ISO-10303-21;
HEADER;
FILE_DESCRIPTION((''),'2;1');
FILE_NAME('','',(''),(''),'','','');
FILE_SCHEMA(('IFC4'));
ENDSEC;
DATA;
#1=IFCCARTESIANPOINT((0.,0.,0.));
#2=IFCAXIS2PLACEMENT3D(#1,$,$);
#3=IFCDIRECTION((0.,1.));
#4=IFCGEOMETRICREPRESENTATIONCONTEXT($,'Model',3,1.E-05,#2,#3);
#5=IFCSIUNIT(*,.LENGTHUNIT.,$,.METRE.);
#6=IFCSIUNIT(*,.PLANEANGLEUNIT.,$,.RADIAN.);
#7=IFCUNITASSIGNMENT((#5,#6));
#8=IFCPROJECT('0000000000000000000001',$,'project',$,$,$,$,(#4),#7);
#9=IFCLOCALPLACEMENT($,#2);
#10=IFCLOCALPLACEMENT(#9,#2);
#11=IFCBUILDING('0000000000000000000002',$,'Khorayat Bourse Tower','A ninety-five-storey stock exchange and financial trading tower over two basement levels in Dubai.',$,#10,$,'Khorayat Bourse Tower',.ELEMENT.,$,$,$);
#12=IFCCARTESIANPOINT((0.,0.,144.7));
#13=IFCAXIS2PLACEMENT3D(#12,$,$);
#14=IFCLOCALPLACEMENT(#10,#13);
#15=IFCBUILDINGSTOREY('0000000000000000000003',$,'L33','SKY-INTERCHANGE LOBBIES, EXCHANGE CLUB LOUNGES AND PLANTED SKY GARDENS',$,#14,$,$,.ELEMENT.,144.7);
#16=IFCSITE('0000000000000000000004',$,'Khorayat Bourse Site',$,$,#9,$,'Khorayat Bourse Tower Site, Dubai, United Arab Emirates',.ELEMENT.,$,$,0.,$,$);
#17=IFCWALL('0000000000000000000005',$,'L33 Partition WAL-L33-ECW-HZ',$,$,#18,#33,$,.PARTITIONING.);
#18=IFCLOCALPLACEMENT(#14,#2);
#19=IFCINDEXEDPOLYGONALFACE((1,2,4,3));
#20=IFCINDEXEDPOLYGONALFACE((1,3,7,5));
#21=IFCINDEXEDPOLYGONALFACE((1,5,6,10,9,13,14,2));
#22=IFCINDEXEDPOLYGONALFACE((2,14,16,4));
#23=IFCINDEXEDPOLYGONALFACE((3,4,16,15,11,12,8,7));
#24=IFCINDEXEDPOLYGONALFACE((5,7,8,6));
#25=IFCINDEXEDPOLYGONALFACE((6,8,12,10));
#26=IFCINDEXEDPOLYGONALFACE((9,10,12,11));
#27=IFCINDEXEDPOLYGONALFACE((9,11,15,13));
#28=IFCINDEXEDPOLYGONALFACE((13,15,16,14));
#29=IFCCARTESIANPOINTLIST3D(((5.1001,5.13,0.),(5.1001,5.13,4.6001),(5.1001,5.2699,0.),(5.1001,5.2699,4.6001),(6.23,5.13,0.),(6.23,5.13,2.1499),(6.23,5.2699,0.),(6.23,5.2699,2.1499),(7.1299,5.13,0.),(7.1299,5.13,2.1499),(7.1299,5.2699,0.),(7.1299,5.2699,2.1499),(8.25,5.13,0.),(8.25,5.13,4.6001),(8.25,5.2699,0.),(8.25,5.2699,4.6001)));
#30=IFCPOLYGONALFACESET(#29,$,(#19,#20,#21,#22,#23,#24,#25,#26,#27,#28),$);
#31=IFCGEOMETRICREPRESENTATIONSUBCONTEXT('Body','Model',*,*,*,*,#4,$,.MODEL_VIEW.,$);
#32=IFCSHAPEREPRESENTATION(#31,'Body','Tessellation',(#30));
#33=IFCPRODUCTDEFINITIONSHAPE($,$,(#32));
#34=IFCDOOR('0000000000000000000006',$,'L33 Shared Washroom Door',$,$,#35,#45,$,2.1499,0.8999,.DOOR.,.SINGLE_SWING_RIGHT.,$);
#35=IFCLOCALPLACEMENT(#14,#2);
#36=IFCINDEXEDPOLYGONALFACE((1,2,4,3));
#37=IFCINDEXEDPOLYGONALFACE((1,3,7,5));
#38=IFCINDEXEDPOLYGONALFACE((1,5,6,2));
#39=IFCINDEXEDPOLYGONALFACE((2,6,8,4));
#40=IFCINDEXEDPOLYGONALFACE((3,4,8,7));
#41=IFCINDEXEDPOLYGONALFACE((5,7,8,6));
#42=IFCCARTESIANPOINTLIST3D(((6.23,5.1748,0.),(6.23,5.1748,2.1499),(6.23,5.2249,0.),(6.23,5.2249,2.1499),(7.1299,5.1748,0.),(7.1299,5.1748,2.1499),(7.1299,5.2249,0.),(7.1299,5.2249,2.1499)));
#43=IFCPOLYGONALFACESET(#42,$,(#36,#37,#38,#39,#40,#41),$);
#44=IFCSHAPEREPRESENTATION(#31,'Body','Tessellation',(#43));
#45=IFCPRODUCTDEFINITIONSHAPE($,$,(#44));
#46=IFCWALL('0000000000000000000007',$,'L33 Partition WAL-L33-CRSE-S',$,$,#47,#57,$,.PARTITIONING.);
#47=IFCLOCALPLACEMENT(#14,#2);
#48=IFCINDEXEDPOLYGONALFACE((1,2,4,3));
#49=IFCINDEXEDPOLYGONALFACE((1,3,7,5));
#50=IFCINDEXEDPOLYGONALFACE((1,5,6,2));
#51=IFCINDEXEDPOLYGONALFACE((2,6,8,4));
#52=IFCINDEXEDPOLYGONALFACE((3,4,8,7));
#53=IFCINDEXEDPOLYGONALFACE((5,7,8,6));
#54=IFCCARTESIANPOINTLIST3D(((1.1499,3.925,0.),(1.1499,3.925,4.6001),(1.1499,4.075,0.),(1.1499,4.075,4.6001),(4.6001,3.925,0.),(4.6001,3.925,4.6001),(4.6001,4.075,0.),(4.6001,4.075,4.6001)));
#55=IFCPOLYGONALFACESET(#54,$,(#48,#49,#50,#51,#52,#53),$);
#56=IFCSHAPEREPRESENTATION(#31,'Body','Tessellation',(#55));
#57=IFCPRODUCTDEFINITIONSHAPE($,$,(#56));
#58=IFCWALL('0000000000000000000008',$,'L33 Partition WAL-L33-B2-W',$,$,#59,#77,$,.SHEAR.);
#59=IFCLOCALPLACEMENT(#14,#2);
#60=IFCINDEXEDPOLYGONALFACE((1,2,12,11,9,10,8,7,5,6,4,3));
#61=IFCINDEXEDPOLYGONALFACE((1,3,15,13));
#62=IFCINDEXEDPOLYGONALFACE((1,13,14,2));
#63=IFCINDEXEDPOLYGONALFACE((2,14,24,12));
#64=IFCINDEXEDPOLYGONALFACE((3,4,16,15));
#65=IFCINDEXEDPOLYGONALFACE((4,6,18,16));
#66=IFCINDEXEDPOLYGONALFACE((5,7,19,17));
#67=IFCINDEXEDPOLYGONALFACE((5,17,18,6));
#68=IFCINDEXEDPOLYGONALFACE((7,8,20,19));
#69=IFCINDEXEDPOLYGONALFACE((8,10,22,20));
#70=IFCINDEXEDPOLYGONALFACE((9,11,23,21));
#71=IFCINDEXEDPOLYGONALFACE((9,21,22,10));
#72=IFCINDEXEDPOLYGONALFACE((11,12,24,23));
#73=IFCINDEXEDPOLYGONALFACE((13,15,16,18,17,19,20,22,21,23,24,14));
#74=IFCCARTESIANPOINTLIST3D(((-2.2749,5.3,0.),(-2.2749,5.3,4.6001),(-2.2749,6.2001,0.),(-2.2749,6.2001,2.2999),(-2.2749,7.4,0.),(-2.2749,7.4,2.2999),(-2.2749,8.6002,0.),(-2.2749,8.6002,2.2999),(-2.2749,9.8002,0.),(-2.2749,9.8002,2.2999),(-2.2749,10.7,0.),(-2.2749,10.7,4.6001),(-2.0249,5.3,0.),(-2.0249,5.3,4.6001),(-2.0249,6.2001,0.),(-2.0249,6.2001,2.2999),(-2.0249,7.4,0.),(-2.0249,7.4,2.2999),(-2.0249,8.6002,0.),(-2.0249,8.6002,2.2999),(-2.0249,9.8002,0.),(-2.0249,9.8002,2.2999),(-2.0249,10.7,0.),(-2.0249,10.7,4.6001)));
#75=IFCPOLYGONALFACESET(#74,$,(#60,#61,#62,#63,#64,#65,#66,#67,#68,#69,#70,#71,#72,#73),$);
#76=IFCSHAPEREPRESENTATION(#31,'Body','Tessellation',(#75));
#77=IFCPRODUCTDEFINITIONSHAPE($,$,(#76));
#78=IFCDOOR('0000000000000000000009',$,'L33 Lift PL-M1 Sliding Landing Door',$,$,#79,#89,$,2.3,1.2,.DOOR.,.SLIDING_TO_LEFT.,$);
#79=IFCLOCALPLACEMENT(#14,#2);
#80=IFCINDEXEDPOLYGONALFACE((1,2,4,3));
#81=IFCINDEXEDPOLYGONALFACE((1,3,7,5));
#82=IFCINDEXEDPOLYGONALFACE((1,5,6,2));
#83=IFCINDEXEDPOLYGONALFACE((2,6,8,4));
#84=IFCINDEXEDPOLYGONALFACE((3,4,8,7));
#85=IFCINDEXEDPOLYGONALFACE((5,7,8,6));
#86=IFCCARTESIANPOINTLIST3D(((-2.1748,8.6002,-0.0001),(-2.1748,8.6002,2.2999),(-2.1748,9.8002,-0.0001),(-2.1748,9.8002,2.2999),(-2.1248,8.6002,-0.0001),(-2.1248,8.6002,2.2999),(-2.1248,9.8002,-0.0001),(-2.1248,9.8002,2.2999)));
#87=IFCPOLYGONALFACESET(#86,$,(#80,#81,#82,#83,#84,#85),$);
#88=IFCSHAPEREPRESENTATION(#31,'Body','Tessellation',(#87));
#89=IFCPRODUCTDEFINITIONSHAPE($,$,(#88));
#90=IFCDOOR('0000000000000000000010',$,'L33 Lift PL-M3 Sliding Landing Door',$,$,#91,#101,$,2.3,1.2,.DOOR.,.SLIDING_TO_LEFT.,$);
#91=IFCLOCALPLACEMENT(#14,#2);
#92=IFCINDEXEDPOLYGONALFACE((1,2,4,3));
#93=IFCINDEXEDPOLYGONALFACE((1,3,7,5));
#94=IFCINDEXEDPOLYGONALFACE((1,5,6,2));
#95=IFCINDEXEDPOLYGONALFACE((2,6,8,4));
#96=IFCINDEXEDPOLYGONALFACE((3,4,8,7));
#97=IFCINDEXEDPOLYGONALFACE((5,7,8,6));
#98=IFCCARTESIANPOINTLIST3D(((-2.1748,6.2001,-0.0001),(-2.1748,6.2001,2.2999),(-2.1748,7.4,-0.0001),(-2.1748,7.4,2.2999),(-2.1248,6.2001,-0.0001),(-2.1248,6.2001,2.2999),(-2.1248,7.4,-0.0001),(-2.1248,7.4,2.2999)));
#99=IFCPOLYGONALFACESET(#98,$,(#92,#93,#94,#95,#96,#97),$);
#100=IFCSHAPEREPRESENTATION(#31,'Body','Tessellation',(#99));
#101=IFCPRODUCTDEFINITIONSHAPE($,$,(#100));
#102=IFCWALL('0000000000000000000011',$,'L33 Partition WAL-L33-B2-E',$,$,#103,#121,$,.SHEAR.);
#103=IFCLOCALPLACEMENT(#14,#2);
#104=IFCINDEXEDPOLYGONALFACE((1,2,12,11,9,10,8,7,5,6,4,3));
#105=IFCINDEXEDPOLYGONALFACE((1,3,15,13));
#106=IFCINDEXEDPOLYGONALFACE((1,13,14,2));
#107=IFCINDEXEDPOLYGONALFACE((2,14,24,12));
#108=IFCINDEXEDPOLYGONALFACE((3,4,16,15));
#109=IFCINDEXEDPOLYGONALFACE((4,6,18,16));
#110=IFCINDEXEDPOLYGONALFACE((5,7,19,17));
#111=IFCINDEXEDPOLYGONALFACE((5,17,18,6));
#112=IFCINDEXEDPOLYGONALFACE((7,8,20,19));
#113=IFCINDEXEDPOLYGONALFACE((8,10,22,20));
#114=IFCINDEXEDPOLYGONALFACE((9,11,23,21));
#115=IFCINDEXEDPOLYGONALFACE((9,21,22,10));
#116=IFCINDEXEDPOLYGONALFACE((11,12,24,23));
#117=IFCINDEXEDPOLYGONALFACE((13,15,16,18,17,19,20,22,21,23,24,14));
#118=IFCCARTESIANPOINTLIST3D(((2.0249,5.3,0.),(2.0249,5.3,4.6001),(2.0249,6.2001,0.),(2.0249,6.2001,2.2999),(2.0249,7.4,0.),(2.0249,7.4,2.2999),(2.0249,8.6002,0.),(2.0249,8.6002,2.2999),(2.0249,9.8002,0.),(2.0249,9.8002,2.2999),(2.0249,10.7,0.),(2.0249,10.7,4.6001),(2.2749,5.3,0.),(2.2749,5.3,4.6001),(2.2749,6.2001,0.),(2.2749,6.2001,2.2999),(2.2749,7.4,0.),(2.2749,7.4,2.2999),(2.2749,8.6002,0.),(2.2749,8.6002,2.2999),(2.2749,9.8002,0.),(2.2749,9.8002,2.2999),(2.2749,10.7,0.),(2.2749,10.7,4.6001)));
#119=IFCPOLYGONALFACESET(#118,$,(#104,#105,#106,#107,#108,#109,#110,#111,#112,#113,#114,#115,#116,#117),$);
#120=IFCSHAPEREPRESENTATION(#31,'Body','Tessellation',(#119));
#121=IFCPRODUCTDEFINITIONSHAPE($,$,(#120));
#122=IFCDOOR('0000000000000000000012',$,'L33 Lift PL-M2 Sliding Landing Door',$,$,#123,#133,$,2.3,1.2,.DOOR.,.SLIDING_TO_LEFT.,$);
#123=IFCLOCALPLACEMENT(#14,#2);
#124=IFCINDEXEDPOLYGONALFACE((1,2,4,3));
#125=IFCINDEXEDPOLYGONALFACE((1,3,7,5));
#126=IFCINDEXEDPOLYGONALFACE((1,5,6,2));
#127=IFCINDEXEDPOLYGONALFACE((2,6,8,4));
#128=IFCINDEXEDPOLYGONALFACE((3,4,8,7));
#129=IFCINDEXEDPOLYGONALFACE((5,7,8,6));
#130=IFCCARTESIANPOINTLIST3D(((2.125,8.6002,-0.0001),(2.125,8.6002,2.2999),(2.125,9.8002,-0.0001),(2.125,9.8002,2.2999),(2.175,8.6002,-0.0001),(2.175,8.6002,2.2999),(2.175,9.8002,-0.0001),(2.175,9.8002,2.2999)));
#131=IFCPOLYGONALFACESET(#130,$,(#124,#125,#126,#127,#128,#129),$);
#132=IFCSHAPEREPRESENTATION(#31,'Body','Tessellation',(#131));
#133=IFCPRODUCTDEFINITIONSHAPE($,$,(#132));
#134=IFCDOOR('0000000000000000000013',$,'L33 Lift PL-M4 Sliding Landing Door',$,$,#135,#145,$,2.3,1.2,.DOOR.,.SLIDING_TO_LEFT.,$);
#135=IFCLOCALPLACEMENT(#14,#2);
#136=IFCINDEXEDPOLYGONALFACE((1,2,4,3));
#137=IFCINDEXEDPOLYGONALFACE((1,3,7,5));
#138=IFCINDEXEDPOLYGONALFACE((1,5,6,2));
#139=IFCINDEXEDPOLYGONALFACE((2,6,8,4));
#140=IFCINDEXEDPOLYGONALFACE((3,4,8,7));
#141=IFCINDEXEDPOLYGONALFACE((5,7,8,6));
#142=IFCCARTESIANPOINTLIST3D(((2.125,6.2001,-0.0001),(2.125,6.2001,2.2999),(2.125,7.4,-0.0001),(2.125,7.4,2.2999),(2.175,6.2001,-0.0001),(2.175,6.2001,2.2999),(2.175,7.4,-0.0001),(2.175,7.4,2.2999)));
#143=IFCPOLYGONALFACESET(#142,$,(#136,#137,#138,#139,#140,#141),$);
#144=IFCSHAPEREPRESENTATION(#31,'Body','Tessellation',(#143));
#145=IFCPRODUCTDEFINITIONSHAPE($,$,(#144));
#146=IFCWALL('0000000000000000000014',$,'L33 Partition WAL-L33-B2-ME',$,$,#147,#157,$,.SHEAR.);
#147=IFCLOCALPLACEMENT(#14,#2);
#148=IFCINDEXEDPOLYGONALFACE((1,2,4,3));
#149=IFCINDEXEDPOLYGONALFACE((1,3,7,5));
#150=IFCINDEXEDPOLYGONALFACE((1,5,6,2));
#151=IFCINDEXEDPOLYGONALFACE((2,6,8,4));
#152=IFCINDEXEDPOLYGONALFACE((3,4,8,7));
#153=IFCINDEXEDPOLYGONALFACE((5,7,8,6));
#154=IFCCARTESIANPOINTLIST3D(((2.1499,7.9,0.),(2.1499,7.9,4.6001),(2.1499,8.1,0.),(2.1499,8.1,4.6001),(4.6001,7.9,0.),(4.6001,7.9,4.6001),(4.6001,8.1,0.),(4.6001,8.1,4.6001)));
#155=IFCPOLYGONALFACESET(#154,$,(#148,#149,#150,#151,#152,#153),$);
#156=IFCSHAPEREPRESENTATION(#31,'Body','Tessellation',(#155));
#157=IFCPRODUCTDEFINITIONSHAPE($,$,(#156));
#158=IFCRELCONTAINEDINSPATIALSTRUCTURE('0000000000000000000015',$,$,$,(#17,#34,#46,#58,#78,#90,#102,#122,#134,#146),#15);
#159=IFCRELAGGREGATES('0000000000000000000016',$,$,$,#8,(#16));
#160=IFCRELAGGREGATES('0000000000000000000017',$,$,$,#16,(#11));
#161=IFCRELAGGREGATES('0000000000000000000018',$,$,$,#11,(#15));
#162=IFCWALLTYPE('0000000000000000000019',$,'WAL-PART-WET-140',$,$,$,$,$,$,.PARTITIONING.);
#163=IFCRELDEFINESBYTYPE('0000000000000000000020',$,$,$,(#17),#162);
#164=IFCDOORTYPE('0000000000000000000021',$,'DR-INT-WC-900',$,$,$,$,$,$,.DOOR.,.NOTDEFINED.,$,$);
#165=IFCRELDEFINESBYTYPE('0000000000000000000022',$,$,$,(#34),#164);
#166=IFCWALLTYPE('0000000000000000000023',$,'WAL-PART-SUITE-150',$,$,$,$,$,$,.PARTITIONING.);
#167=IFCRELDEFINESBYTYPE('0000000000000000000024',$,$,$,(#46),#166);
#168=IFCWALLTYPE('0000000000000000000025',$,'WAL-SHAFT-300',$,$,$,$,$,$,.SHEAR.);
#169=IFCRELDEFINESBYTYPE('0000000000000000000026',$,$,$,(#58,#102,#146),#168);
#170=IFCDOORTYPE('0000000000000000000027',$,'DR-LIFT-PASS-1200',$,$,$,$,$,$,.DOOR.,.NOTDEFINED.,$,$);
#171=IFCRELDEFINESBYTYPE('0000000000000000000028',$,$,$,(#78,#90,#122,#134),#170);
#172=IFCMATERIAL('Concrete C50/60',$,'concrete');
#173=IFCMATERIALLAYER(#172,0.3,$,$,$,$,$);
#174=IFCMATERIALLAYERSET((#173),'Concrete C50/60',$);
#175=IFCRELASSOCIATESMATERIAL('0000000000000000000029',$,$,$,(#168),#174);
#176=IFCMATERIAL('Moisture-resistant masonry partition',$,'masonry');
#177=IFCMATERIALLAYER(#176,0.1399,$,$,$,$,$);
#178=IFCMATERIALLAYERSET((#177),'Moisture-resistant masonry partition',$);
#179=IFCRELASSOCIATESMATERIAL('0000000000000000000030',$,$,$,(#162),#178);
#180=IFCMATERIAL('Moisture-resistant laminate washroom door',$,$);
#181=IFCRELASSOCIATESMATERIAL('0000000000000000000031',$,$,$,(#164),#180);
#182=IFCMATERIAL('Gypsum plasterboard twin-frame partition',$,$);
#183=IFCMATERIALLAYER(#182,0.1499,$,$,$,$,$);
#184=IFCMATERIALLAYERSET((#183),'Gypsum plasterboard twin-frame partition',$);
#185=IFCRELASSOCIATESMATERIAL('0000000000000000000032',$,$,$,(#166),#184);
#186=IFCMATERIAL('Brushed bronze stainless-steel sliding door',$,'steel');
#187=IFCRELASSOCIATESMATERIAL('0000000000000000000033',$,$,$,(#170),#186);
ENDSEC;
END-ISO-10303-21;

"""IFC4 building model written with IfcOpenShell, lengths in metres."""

from ifc_helpers import new_model, si_unit, direction, frame, frame_2d, origin, place, context, subcontext, project, spatial, rectangle, extrude, source, transform, mapped, material, layer, layer_set, type_object, element, fill, save


model = new_model("IFC4")

# Units and contexts
model_context = context("Model", 3, precision=1e-05, world=origin(), true_north=direction((0.0, 1.0)))
body_context = subcontext(model_context, "Body", "Model", "MODEL_VIEW")
ifc_project = project(units=[si_unit("LENGTHUNIT", "METRE"), si_unit("PLANEANGLEUNIT", "RADIAN")], contexts=[model_context])

# Site, building, storey
site_placement = place(None, origin())
site = spatial("IfcSite", under=ifc_project, at=site_placement, Name="Khorayat Bourse Site", LongName="Khorayat Bourse Tower Site, Dubai, United Arab Emirates", CompositionType="ELEMENT", RefElevation=0.0)
building_placement = place(site_placement, origin())
building = spatial("IfcBuilding", under=site, at=building_placement, Name="Khorayat Bourse Tower", Description="A ninety-five-storey stock exchange and financial trading tower over two basement levels in Dubai.", LongName="Khorayat Bourse Tower", CompositionType="ELEMENT")
storey_placement = place(building_placement, frame((0.0, 0.0, 144.7)))
storey = spatial("IfcBuildingStorey", under=building, at=storey_placement, Name="L33", Description="SKY-INTERCHANGE LOBBIES, EXCHANGE CLUB LOUNGES AND PLANTED SKY GARDENS", CompositionType="ELEMENT", Elevation=144.7)

# Shared definitions
ifc_material_1 = material(Name="Concrete C50/60", Category="concrete")
ifc_layer_1 = layer(ifc_material_1, 0.3)
ifc_layer_set_1 = layer_set([ifc_layer_1], Name="Concrete C50/60")
wall_type_1 = type_object("IfcWallType", Name="WAL-SHAFT-300", PredefinedType="SHEAR", material=ifc_layer_set_1)
ifc_material_2 = material(Name="Moisture-resistant masonry partition", Category="masonry")
ifc_layer_2 = layer(ifc_material_2, 0.1399)
ifc_layer_set_2 = layer_set([ifc_layer_2], Name="Moisture-resistant masonry partition")
wall_type_2 = type_object("IfcWallType", Name="WAL-PART-WET-140", PredefinedType="PARTITIONING", material=ifc_layer_set_2)
shared_shape_1 = source(origin(), body_context, "Body", "SweptSolid", [
    extrude(rectangle(XDim=3.1499, YDim=0.1399, at=frame_2d((1.575, 0.0))), origin(), (0.0, 0.0, 1.0), 4.6001),
])

# Wall, opening, door
wall_1_placement = place(storey_placement, frame((5.1001, 5.2, 0.0), z_axis=(0.0, 0.0, 1.0), x_axis=(1.0, 0.0, 0.0)))
wall_1 = element("IfcWall", 1, at=wall_1_placement, inside=storey, type_object=wall_type_2, Name="L33 Partition WAL-L33-ECW-HZ", PredefinedType="PARTITIONING", context=body_context, shape_type="MappedRepresentation", body=[
    mapped(shared_shape_1, transform((0.0, 0.0, 0.0), scale=1.0)),
])
shared_shape_2 = source(origin(), body_context, "Body", "SweptSolid", [
    extrude(rectangle(XDim=0.8999, YDim=2.1499, at=frame_2d((0.45, 1.075))), frame((0.0, 0.0798, 0.0), z_axis=(0.0, -1.0, 0.0), x_axis=(1.0, 0.0, 0.0)), (0.0, 0.0, 1.0), 0.1599),
])
opening_1_placement = place(wall_1_placement, frame((1.1299, 0.0, 0.0)))
opening_1 = element("IfcOpeningElement", 2, at=opening_1_placement, cuts=wall_1, PredefinedType="OPENING", context=body_context, shape_type="MappedRepresentation", body=[
    mapped(shared_shape_2, transform((0.0, 0.0, 0.0), scale=1.0)),
])
ifc_material_3 = material(Name="Moisture-resistant laminate washroom door")
door_type_1 = type_object("IfcDoorType", Name="DR-INT-WC-900", OperationType="NOTDEFINED", PredefinedType="DOOR", material=ifc_material_3)
shared_shape_3 = source(origin(), body_context, "Body", "SweptSolid", [
    extrude(rectangle(XDim=0.8999, YDim=2.1499, at=frame_2d((0.45, 1.075))), frame((0.0, 0.0249, 0.0), z_axis=(0.0, -1.0, 0.0), x_axis=(1.0, 0.0, 0.0)), (0.0, 0.0, 1.0), 0.05),
])
door_1_placement = place(opening_1_placement, origin())
door_1 = element("IfcDoor", 3, at=door_1_placement, inside=storey, type_object=door_type_1, Name="L33 Shared Washroom Door", OperationType="SINGLE_SWING_RIGHT", OverallHeight=2.1499, OverallWidth=0.8999, PredefinedType="DOOR", context=body_context, shape_type="MappedRepresentation", body=[
    mapped(shared_shape_3, transform((0.0, 0.0, 0.0), scale=1.0)),
])
fill(opening_1, door_1)

# Wall
ifc_material_4 = material(Name="Gypsum plasterboard twin-frame partition")
ifc_layer_3 = layer(ifc_material_4, 0.1499)
ifc_layer_set_3 = layer_set([ifc_layer_3], Name="Gypsum plasterboard twin-frame partition")
wall_type_3 = type_object("IfcWallType", Name="WAL-PART-SUITE-150", PredefinedType="PARTITIONING", material=ifc_layer_set_3)
shared_shape_4 = source(origin(), body_context, "Body", "SweptSolid", [
    extrude(rectangle(XDim=3.4502, YDim=0.1499, at=frame_2d((1.7251, 0.0))), origin(), (0.0, 0.0, 1.0), 4.6001),
])
wall_2_placement = place(storey_placement, frame((1.1499, 4.0, 0.0), z_axis=(0.0, 0.0, 1.0), x_axis=(1.0, 0.0, 0.0)))
element("IfcWall", 4, at=wall_2_placement, inside=storey, type_object=wall_type_3, Name="L33 Partition WAL-L33-CRSE-S", PredefinedType="PARTITIONING", context=body_context, shape_type="MappedRepresentation", body=[
    mapped(shared_shape_4, transform((0.0, 0.0, 0.0), scale=1.0)),
])

# Walls, openings, doors
shared_shape_5 = source(origin(), body_context, "Body", "SweptSolid", [
    extrude(rectangle(XDim=5.3999, YDim=0.25, at=frame_2d((2.7, 0.0))), origin(), (0.0, 0.0, 1.0), 4.6001),
])
wall_3_placement = place(storey_placement, frame((-2.1499, 5.3, 0.0), z_axis=(0.0, 0.0, 1.0), x_axis=(0.0, 1.0, 0.0)))
wall_3 = element("IfcWall", 5, at=wall_3_placement, inside=storey, type_object=wall_type_1, Name="L33 Partition WAL-L33-B2-W", PredefinedType="SHEAR", context=body_context, shape_type="MappedRepresentation", body=[
    mapped(shared_shape_5, transform((0.0, 0.0, 0.0), scale=1.0)),
])
shared_shape_6 = source(origin(), body_context, "Body", "SweptSolid", [
    extrude(rectangle(XDim=1.2, YDim=2.3, at=frame_2d((0.6001, 1.1499))), frame((0.0, 0.135, 0.0), z_axis=(0.0, -1.0, 0.0), x_axis=(1.0, 0.0, 0.0)), (0.0, 0.0, 1.0), 0.27),
])
opening_2_placement = place(wall_3_placement, frame((3.3, 0.0, 0.0)))
opening_2 = element("IfcOpeningElement", 6, at=opening_2_placement, cuts=wall_3, PredefinedType="OPENING", context=body_context, shape_type="MappedRepresentation", body=[
    mapped(shared_shape_6, transform((0.0, 0.0, 0.0), scale=1.0)),
])
opening_3_placement = place(wall_3_placement, frame((0.8999, 0.0, 0.0)))
opening_3 = element("IfcOpeningElement", 7, at=opening_3_placement, cuts=wall_3, PredefinedType="OPENING", context=body_context, shape_type="MappedRepresentation", body=[
    mapped(shared_shape_6, transform((0.0, 0.0, 0.0), scale=1.0)),
])
ifc_material_5 = material(Name="Brushed bronze stainless-steel sliding door", Category="steel")
door_type_2 = type_object("IfcDoorType", Name="DR-LIFT-PASS-1200", OperationType="NOTDEFINED", PredefinedType="DOOR", material=ifc_material_5)
shared_shape_7 = source(origin(), body_context, "Body", "SweptSolid", [
    extrude(rectangle(XDim=1.2, YDim=2.3, at=frame_2d((0.6001, 1.1499))), frame((0.0, 0.0249, 0.0), z_axis=(0.0, -1.0, 0.0), x_axis=(1.0, 0.0, 0.0)), (0.0, 0.0, 1.0), 0.05),
])
door_2_placement = place(opening_2_placement, origin())
door_2 = element("IfcDoor", 8, at=door_2_placement, inside=storey, type_object=door_type_2, Name="L33 Lift PL-M1 Sliding Landing Door", OperationType="SLIDING_TO_LEFT", OverallHeight=2.3, OverallWidth=1.2, PredefinedType="DOOR", context=body_context, shape_type="MappedRepresentation", body=[
    mapped(shared_shape_7, transform((0.0, 0.0, 0.0), scale=1.0)),
])
fill(opening_2, door_2)
door_3_placement = place(opening_3_placement, origin())
door_3 = element("IfcDoor", 9, at=door_3_placement, inside=storey, type_object=door_type_2, Name="L33 Lift PL-M3 Sliding Landing Door", OperationType="SLIDING_TO_LEFT", OverallHeight=2.3, OverallWidth=1.2, PredefinedType="DOOR", context=body_context, shape_type="MappedRepresentation", body=[
    mapped(shared_shape_7, transform((0.0, 0.0, 0.0), scale=1.0)),
])
fill(opening_3, door_3)
wall_4_placement = place(storey_placement, frame((2.1499, 5.3, 0.0), z_axis=(0.0, 0.0, 1.0), x_axis=(0.0, 1.0, 0.0)))
wall_4 = element("IfcWall", 10, at=wall_4_placement, inside=storey, type_object=wall_type_1, Name="L33 Partition WAL-L33-B2-E", PredefinedType="SHEAR", context=body_context, shape_type="MappedRepresentation", body=[
    mapped(shared_shape_5, transform((0.0, 0.0, 0.0), scale=1.0)),
])
opening_4_placement = place(wall_4_placement, frame((3.3, 0.0, 0.0)))
opening_4 = element("IfcOpeningElement", 11, at=opening_4_placement, cuts=wall_4, PredefinedType="OPENING", context=body_context, shape_type="MappedRepresentation", body=[
    mapped(shared_shape_6, transform((0.0, 0.0, 0.0), scale=1.0)),
])
opening_5_placement = place(wall_4_placement, frame((0.8999, 0.0, 0.0)))
opening_5 = element("IfcOpeningElement", 12, at=opening_5_placement, cuts=wall_4, PredefinedType="OPENING", context=body_context, shape_type="MappedRepresentation", body=[
    mapped(shared_shape_6, transform((0.0, 0.0, 0.0), scale=1.0)),
])
door_4_placement = place(opening_4_placement, origin())
door_4 = element("IfcDoor", 13, at=door_4_placement, inside=storey, type_object=door_type_2, Name="L33 Lift PL-M2 Sliding Landing Door", OperationType="SLIDING_TO_LEFT", OverallHeight=2.3, OverallWidth=1.2, PredefinedType="DOOR", context=body_context, shape_type="MappedRepresentation", body=[
    mapped(shared_shape_7, transform((0.0, 0.0, 0.0), scale=1.0)),
])
fill(opening_4, door_4)
door_5_placement = place(opening_5_placement, origin())
door_5 = element("IfcDoor", 14, at=door_5_placement, inside=storey, type_object=door_type_2, Name="L33 Lift PL-M4 Sliding Landing Door", OperationType="SLIDING_TO_LEFT", OverallHeight=2.3, OverallWidth=1.2, PredefinedType="DOOR", context=body_context, shape_type="MappedRepresentation", body=[
    mapped(shared_shape_7, transform((0.0, 0.0, 0.0), scale=1.0)),
])
fill(opening_5, door_5)

# Wall
shared_shape_8 = source(origin(), body_context, "Body", "SweptSolid", [
    extrude(rectangle(XDim=2.4502, YDim=0.2, at=frame_2d((1.2251, 0.0))), origin(), (0.0, 0.0, 1.0), 4.6001),
])
wall_5_placement = place(storey_placement, frame((2.1499, 8.0, 0.0), z_axis=(0.0, 0.0, 1.0), x_axis=(1.0, 0.0, 0.0)))
element("IfcWall", 15, at=wall_5_placement, inside=storey, type_object=wall_type_1, Name="L33 Partition WAL-L33-B2-ME", PredefinedType="SHEAR", context=body_context, shape_type="MappedRepresentation", body=[
    mapped(shared_shape_8, transform((0.0, 0.0, 0.0), scale=1.0)),
])

save(model, "model.ifc")
